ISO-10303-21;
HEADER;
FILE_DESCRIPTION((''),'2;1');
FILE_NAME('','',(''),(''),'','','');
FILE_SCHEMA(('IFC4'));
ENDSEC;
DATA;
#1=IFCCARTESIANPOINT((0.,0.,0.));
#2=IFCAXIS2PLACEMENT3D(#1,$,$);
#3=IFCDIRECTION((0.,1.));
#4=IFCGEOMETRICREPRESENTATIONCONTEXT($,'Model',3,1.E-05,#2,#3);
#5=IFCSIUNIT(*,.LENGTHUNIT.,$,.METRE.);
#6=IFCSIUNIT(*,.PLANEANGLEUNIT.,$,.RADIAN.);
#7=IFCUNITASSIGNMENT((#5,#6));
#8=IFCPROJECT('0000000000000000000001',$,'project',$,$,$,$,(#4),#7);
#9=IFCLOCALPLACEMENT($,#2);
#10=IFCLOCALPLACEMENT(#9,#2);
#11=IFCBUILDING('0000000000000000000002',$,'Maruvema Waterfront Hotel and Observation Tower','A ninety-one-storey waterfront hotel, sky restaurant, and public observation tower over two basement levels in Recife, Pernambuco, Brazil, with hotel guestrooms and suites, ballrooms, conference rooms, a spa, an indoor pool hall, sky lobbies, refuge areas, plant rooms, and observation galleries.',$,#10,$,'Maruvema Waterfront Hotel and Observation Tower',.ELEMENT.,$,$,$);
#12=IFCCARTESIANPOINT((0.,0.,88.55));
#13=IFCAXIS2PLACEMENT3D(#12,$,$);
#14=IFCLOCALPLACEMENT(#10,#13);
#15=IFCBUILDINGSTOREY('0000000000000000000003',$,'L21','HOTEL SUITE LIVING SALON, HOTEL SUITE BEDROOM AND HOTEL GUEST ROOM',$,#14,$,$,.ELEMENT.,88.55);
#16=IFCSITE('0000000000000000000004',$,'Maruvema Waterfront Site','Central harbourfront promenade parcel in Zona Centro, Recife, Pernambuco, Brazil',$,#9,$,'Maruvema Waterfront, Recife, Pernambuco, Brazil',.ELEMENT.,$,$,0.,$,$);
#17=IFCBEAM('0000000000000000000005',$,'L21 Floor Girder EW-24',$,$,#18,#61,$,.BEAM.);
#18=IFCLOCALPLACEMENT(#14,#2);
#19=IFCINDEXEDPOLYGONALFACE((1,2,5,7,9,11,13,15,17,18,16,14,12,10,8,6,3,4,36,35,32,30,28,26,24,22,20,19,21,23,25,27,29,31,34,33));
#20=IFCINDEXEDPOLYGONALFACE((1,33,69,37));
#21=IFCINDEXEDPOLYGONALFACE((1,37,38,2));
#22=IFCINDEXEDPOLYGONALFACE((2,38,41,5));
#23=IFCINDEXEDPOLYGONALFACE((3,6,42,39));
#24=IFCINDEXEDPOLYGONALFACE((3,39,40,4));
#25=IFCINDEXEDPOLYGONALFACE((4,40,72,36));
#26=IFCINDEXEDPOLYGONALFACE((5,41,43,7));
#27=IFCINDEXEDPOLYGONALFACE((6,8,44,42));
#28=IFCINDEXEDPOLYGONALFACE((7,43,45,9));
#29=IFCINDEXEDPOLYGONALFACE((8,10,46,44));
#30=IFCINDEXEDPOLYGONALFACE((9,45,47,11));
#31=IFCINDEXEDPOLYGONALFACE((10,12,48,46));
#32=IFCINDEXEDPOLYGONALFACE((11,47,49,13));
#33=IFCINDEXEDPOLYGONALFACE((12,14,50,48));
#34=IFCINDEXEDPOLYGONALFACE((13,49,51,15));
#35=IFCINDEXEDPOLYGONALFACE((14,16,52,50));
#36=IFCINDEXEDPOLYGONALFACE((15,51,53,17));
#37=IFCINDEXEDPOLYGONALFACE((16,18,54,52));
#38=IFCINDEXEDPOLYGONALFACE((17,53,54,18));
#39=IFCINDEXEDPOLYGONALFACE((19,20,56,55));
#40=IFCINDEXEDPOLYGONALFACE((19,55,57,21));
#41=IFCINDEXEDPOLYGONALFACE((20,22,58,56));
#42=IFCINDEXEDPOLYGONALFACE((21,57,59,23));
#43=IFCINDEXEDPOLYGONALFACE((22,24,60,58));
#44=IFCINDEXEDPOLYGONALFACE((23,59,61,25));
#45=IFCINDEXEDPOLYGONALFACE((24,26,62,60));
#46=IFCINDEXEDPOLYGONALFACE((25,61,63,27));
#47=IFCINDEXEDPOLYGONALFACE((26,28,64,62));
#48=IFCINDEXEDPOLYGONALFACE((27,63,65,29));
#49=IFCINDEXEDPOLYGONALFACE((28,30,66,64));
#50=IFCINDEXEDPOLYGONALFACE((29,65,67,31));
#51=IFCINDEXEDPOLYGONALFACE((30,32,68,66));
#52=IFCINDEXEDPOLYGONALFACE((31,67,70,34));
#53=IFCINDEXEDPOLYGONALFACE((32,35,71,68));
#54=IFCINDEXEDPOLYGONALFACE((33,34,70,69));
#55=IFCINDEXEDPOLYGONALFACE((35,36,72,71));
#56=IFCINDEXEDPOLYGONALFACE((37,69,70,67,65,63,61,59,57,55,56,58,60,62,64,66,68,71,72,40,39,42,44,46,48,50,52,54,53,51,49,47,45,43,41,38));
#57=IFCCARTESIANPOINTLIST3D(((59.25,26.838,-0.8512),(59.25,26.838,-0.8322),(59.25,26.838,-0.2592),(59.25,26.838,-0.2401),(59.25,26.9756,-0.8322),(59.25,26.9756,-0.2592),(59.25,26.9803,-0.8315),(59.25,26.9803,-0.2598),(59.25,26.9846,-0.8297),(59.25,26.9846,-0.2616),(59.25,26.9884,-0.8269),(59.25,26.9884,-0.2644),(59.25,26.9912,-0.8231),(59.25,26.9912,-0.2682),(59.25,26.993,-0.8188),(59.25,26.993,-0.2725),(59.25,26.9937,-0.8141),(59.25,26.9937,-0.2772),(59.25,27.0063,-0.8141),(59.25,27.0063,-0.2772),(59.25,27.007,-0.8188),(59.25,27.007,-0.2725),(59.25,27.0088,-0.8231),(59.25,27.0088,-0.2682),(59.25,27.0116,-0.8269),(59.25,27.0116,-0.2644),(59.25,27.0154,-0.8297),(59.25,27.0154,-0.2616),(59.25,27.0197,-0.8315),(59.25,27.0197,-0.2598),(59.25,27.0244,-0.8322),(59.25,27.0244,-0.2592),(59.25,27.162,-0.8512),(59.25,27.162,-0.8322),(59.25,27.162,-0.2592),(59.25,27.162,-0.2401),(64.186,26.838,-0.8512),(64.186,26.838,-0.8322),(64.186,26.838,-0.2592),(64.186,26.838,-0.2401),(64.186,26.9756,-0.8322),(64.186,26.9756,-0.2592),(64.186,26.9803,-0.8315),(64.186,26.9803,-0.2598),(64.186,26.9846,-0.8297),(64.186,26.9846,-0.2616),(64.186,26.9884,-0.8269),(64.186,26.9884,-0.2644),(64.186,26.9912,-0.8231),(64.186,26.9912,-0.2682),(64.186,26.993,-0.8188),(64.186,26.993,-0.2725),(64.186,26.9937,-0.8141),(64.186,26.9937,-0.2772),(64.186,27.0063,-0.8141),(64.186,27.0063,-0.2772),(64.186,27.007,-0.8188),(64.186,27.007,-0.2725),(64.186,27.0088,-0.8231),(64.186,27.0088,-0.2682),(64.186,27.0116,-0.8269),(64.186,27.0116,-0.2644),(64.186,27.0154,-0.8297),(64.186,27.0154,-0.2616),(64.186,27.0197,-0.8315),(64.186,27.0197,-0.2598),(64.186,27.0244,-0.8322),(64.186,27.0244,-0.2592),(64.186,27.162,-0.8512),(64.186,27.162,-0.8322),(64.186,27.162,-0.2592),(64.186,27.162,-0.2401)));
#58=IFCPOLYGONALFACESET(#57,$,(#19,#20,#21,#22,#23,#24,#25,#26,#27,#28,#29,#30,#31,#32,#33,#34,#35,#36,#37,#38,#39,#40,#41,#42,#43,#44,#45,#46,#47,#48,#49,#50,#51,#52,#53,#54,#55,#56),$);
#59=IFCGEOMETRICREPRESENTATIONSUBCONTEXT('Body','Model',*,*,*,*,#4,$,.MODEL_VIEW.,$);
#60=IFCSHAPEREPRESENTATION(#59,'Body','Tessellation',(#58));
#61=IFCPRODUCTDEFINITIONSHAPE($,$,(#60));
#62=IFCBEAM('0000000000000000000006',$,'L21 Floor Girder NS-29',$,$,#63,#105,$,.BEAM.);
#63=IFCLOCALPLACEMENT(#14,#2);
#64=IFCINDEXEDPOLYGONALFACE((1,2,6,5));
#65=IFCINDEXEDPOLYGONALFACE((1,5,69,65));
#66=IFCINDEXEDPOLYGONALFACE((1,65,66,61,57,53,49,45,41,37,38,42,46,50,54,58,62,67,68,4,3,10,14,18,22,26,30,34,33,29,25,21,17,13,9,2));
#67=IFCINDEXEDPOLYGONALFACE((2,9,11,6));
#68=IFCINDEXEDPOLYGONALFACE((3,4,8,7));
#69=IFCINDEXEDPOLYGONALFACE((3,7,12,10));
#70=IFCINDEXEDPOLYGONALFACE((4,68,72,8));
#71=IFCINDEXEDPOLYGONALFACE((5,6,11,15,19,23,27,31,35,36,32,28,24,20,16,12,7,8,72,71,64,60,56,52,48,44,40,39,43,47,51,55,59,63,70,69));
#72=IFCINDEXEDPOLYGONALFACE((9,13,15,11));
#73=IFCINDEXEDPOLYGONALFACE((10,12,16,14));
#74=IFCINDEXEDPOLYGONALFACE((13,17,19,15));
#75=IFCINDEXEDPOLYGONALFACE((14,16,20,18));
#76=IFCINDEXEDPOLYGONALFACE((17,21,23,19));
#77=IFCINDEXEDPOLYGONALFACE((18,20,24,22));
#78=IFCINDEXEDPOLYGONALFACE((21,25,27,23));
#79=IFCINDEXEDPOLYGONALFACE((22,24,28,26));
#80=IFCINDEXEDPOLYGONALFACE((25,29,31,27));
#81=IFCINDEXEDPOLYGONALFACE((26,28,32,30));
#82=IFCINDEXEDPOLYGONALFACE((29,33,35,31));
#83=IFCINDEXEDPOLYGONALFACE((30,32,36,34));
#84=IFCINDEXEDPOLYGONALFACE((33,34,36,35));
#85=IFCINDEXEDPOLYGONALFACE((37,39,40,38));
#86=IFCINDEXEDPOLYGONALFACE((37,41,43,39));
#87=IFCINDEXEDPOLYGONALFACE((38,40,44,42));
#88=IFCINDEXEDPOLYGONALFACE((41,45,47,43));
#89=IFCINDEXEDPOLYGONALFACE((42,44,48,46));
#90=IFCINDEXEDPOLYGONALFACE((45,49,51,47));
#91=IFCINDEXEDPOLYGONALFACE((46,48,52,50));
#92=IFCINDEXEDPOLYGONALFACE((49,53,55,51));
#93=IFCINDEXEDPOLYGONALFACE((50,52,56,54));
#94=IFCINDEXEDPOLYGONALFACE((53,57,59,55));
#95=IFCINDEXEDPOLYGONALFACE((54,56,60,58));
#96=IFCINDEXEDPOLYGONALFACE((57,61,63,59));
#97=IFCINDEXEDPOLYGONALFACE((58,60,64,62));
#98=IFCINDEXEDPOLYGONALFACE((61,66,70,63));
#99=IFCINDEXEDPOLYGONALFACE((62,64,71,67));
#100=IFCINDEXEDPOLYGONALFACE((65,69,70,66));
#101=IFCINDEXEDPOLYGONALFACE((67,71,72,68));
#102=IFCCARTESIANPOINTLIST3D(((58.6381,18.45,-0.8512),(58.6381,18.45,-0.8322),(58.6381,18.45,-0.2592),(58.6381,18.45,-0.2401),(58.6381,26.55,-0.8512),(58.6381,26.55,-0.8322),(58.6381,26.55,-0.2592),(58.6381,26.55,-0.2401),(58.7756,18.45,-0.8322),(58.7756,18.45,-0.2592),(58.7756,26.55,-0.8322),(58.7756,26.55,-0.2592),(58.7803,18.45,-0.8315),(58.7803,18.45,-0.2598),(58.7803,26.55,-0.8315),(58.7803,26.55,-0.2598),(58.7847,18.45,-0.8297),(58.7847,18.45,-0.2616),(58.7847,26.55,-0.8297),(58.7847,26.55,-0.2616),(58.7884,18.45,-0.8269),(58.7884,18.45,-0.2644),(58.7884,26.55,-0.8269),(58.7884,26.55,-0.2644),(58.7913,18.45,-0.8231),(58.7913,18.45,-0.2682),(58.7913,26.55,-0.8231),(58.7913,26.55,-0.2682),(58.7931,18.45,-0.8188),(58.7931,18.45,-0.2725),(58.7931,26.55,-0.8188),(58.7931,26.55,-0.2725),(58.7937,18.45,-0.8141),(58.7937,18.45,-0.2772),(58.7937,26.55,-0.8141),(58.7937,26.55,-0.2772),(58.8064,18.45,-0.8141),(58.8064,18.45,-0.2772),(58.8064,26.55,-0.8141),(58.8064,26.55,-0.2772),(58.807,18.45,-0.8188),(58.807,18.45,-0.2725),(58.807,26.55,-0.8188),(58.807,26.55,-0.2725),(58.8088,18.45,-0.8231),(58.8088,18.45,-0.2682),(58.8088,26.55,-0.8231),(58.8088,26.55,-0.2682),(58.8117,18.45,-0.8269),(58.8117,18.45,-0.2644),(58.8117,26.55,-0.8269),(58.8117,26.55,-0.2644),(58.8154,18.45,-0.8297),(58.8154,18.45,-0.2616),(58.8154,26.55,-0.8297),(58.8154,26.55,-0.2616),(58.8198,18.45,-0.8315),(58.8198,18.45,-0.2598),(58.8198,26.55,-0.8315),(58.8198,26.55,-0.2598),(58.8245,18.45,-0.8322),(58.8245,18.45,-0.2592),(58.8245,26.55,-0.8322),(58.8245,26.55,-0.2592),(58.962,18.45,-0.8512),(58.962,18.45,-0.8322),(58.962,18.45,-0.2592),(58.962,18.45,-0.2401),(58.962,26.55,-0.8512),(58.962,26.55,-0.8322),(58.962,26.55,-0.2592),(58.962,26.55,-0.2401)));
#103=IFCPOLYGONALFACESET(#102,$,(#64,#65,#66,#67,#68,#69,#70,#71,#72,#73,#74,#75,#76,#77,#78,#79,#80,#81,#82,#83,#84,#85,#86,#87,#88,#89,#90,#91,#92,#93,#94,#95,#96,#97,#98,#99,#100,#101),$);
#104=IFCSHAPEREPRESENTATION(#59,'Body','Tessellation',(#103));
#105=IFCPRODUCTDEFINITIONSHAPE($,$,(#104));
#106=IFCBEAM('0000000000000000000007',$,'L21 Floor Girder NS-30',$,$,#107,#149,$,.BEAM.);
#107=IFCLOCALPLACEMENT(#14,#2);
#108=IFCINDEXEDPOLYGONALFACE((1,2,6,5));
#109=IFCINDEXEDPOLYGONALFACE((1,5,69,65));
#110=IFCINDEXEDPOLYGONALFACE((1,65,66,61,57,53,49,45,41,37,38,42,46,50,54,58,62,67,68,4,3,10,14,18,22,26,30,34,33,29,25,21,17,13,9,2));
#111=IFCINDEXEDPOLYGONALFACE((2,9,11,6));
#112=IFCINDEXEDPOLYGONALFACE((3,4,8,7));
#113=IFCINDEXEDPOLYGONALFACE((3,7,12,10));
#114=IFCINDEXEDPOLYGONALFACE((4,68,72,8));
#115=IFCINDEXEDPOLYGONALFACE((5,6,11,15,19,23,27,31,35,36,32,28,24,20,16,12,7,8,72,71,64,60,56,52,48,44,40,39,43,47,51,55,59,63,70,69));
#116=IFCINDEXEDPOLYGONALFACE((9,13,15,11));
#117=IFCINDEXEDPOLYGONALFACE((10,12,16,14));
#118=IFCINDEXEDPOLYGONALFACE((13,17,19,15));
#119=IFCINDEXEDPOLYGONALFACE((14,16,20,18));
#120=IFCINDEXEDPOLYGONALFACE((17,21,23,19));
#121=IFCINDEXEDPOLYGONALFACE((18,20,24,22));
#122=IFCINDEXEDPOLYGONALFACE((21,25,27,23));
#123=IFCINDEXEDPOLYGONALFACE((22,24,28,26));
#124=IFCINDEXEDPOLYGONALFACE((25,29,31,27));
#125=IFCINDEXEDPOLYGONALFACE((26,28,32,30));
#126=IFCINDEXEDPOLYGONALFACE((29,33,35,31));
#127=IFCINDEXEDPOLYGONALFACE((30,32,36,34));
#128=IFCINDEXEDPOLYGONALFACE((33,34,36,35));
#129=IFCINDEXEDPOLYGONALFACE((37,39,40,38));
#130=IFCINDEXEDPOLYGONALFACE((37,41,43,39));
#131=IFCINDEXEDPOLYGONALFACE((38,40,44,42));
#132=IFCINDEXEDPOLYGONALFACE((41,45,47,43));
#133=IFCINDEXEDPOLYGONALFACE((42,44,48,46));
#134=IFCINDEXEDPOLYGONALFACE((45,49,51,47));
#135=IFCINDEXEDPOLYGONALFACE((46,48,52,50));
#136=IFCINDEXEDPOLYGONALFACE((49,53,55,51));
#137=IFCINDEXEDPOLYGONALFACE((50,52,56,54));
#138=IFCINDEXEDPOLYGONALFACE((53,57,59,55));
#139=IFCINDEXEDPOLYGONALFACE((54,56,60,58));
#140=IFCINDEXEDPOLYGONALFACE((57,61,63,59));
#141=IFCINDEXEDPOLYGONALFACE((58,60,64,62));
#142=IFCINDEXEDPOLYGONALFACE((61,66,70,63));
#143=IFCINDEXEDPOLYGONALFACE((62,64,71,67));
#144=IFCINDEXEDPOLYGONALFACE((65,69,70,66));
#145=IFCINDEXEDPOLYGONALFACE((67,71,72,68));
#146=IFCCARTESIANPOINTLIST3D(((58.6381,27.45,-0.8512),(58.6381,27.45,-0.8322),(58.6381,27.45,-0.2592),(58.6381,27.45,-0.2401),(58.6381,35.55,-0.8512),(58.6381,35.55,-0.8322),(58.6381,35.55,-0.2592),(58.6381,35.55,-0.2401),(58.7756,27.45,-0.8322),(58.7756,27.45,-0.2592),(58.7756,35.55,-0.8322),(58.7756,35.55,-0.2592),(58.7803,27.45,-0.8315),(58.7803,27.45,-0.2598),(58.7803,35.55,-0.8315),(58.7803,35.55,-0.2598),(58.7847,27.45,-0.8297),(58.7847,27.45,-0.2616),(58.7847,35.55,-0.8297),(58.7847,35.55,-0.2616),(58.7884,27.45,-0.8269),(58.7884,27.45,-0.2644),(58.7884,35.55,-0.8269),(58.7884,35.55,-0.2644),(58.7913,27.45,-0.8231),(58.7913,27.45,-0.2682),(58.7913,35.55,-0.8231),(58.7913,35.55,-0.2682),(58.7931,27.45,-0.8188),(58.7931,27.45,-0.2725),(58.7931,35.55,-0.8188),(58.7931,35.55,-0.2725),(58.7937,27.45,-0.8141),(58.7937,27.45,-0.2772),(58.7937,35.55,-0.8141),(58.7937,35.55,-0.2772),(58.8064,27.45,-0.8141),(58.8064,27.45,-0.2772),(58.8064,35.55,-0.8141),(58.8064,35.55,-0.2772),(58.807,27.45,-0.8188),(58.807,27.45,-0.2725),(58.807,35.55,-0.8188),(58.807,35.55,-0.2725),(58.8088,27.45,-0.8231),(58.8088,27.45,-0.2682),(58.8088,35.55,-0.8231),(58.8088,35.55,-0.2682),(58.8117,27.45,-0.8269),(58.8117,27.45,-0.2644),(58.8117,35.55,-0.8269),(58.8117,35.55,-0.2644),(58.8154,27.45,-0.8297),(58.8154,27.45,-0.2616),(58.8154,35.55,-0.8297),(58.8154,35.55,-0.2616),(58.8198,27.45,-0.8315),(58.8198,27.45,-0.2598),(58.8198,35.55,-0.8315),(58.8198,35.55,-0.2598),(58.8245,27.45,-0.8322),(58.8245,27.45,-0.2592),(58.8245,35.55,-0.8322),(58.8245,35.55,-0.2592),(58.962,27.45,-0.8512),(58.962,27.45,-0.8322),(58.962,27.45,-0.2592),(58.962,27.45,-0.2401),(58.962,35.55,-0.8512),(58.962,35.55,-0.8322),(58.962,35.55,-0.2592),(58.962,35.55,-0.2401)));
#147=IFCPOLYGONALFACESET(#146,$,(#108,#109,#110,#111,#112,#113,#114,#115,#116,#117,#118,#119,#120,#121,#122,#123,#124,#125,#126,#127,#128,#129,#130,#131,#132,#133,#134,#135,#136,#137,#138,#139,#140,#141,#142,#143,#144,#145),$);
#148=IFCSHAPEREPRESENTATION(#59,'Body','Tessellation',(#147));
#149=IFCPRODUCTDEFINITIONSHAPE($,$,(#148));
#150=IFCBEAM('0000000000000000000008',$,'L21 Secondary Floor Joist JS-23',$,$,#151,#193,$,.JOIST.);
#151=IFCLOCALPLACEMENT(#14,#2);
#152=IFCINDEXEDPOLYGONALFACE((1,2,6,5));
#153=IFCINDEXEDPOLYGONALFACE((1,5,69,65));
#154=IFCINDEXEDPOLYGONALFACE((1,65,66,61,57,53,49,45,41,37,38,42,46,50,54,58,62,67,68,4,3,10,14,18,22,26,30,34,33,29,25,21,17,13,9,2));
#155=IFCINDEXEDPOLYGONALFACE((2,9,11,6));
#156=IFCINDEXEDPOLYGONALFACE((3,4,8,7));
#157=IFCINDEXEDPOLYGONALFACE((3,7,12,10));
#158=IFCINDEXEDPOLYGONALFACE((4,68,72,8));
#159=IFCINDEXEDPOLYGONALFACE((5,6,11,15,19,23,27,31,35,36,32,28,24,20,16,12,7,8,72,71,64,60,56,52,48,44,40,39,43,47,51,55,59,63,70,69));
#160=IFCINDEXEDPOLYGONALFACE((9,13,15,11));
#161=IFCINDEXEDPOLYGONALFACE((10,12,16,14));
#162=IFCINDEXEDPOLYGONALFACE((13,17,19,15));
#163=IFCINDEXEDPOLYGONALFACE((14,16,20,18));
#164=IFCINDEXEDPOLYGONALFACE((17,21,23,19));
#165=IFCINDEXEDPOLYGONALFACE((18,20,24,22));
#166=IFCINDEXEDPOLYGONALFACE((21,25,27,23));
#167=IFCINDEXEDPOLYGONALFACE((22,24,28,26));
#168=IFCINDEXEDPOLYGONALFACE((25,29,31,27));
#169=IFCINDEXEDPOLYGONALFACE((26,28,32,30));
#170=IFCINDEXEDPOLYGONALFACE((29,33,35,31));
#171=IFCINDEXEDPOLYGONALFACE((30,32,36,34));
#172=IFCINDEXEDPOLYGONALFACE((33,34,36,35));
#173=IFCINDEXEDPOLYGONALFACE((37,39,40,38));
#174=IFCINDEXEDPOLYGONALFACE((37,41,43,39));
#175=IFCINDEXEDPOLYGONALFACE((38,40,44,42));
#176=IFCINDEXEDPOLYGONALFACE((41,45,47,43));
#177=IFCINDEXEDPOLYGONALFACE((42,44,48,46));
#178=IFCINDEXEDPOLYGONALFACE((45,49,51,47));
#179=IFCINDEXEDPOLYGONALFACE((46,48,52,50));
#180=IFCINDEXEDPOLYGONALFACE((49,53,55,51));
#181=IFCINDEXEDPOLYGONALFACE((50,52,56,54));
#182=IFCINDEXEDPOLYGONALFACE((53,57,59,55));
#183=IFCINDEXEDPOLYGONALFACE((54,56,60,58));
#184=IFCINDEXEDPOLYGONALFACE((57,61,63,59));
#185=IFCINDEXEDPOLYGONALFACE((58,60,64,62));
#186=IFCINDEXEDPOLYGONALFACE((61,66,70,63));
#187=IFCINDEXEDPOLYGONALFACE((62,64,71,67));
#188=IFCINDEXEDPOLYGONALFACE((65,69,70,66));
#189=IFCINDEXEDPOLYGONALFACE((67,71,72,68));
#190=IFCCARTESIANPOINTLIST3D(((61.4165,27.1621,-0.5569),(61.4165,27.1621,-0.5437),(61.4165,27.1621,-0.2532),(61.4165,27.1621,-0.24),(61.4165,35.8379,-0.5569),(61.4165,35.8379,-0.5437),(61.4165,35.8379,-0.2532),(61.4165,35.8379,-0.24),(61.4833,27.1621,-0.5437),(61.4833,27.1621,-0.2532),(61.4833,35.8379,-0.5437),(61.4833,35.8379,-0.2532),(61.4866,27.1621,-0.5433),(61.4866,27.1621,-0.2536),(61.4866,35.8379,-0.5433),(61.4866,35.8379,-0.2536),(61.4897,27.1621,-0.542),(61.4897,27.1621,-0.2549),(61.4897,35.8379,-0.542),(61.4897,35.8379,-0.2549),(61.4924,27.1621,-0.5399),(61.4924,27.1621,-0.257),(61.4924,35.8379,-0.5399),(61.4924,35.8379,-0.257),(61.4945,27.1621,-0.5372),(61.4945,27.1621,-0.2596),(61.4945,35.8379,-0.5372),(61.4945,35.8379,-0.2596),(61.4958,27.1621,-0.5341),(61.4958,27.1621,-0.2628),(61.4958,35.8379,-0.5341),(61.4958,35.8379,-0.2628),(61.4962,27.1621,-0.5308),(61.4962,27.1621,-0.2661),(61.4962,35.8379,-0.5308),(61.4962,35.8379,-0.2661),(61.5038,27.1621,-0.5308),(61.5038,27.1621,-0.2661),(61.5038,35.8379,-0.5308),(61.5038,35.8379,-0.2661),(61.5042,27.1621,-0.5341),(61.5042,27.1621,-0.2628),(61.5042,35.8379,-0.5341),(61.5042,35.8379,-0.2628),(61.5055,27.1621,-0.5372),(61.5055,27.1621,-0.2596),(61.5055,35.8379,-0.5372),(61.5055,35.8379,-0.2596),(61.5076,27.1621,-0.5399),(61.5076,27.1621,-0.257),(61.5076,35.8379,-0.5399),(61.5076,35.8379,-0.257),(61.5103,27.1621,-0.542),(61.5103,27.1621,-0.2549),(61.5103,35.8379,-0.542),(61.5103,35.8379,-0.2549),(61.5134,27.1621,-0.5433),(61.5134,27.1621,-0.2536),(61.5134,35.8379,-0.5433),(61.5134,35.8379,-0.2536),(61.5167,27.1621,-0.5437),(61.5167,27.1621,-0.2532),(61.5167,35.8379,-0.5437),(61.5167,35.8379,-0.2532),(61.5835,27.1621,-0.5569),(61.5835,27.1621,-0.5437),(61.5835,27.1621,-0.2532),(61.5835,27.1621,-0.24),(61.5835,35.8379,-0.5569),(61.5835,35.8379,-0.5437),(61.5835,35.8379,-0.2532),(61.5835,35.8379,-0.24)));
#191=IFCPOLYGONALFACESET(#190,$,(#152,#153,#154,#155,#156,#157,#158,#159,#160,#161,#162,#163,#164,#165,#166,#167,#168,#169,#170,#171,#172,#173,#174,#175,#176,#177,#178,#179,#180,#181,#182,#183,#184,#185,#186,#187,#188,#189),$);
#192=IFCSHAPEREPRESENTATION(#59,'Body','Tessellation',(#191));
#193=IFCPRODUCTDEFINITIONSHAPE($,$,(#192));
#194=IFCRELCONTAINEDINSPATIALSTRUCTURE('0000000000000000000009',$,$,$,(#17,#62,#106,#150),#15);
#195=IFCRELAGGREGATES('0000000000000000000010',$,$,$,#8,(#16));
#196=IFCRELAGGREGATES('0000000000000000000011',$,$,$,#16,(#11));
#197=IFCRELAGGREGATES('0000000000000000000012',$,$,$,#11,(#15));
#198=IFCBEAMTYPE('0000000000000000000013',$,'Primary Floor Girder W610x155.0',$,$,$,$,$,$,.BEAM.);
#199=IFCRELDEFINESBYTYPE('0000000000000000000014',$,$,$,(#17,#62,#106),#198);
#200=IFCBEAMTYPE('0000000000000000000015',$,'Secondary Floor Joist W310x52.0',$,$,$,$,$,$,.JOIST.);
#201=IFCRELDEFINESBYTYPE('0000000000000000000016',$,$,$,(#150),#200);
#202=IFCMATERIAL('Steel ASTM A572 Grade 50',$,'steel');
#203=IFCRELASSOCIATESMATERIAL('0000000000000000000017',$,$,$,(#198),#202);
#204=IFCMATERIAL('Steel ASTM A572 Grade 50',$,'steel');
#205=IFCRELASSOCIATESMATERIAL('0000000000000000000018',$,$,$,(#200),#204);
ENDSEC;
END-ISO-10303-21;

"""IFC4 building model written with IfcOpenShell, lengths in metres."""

from ifc_helpers import new_model, si_unit, direction, frame, origin, origin_2d, place, context, subcontext, project, spatial, i_section, extrude, material, material_profile, profile_set, type_object, element, save


model = new_model("IFC4")

# Units and contexts
model_context = context("Model", 3, precision=1e-05, world=origin(), true_north=direction((0.0, 1.0)))
body_context = subcontext(model_context, "Body", "Model", "MODEL_VIEW")
ifc_project = project(units=[si_unit("LENGTHUNIT", "METRE"), si_unit("PLANEANGLEUNIT", "RADIAN")], contexts=[model_context])

# Site, building, storey
site_placement = place(None, origin())
site = spatial("IfcSite", under=ifc_project, at=site_placement, Name="Maruvema Waterfront Site", Description="Central harbourfront promenade parcel in Zona Centro, Recife, Pernambuco, Brazil", LongName="Maruvema Waterfront, Recife, Pernambuco, Brazil", CompositionType="ELEMENT", RefElevation=0.0)
building_placement = place(site_placement, origin())
building = spatial("IfcBuilding", under=site, at=building_placement, Name="Maruvema Waterfront Hotel and Observation Tower", Description="A ninety-one-storey waterfront hotel, sky restaurant, and public observation tower over two basement levels in Recife, Pernambuco, Brazil, with hotel guestrooms and suites, ballrooms, conference rooms, a spa, an indoor pool hall, sky lobbies, refuge areas, plant rooms, and observation galleries.", LongName="Maruvema Waterfront Hotel and Observation Tower", CompositionType="ELEMENT")
storey_placement = place(building_placement, frame((0.0, 0.0, 88.55)))
storey = spatial("IfcBuildingStorey", under=building, at=storey_placement, Name="L21", Description="HOTEL SUITE LIVING SALON, HOTEL SUITE BEDROOM AND HOTEL GUEST ROOM", CompositionType="ELEMENT", Elevation=88.55)

# Beams
ifc_material_1 = material(Name="Steel ASTM A572 Grade 50", Category="steel")
ifc_material_profile_1 = material_profile(ifc_material_1, i_section(OverallWidth=0.324, OverallDepth=0.6111, WebThickness=0.0127, FlangeThickness=0.019, FilletRadius=0.0181, at=origin_2d()), Name="W610x155.0")
ifc_profile_set_1 = profile_set([ifc_material_profile_1], Name="Steel ASTM A572 Grade 50")
beam_type_1 = type_object("IfcBeamType", Name="Primary Floor Girder W610x155.0", PredefinedType="BEAM", material=ifc_profile_set_1)
for number, where, z_axis, x_axis, name in (
    (1, (59.25, 27.0, -0.5457), (1.0, 0.0, 0.0), (0.0, 1.0, 0.0), "L21 Floor Girder EW-24"),
):
    element("IfcBeam", number, at=place(storey_placement, frame(where, z_axis=z_axis, x_axis=x_axis)), inside=storey, type_object=beam_type_1, Name=name, PredefinedType="BEAM", context=body_context, shape_type="SweptSolid", body=[
        extrude(i_section(OverallWidth=0.324, OverallDepth=0.6111, WebThickness=0.0127, FlangeThickness=0.019, FilletRadius=0.0181, at=origin_2d()), origin(), (0.0, 0.0, 1.0), 4.936),
    ])
for number, where, z_axis, x_axis, name in (
    (2, (58.8, 18.45, -0.5457), (0.0, 1.0, 0.0), (-1.0, 0.0, 0.0), "L21 Floor Girder NS-29"),
    (3, (58.8, 27.45, -0.5457), (0.0, 1.0, 0.0), (-1.0, 0.0, 0.0), "L21 Floor Girder NS-30"),
):
    element("IfcBeam", number, at=place(storey_placement, frame(where, z_axis=z_axis, x_axis=x_axis)), inside=storey, type_object=beam_type_1, Name=name, PredefinedType="BEAM", context=body_context, shape_type="SweptSolid", body=[
        extrude(i_section(OverallWidth=0.324, OverallDepth=0.6111, WebThickness=0.0127, FlangeThickness=0.019, FilletRadius=0.0181, at=origin_2d()), origin(), (0.0, 0.0, 1.0), 8.1001),
    ])
ifc_material_2 = material(Name="Steel ASTM A572 Grade 50", Category="steel")
ifc_material_profile_2 = material_profile(ifc_material_2, i_section(OverallWidth=0.167, OverallDepth=0.3169, WebThickness=0.0076, FlangeThickness=0.0132, FilletRadius=0.0129, at=origin_2d()), Name="W310x52.0")
ifc_profile_set_2 = profile_set([ifc_material_profile_2], Name="Steel ASTM A572 Grade 50")
beam_type_2 = type_object("IfcBeamType", Name="Secondary Floor Joist W310x52.0", PredefinedType="JOIST", material=ifc_profile_set_2)
beam_1_placement = place(storey_placement, frame((61.5, 27.1621, -0.3984), z_axis=(0.0, 1.0, 0.0), x_axis=(-1.0, 0.0, 0.0)))
element("IfcBeam", 4, at=beam_1_placement, inside=storey, type_object=beam_type_2, Name="L21 Secondary Floor Joist JS-23", PredefinedType="JOIST", context=body_context, shape_type="SweptSolid", body=[
    extrude(i_section(OverallWidth=0.167, OverallDepth=0.3169, WebThickness=0.0076, FlangeThickness=0.0132, FilletRadius=0.0129, at=origin_2d()), origin(), (0.0, 0.0, 1.0), 8.6758),
])

save(model, "model.ifc")
